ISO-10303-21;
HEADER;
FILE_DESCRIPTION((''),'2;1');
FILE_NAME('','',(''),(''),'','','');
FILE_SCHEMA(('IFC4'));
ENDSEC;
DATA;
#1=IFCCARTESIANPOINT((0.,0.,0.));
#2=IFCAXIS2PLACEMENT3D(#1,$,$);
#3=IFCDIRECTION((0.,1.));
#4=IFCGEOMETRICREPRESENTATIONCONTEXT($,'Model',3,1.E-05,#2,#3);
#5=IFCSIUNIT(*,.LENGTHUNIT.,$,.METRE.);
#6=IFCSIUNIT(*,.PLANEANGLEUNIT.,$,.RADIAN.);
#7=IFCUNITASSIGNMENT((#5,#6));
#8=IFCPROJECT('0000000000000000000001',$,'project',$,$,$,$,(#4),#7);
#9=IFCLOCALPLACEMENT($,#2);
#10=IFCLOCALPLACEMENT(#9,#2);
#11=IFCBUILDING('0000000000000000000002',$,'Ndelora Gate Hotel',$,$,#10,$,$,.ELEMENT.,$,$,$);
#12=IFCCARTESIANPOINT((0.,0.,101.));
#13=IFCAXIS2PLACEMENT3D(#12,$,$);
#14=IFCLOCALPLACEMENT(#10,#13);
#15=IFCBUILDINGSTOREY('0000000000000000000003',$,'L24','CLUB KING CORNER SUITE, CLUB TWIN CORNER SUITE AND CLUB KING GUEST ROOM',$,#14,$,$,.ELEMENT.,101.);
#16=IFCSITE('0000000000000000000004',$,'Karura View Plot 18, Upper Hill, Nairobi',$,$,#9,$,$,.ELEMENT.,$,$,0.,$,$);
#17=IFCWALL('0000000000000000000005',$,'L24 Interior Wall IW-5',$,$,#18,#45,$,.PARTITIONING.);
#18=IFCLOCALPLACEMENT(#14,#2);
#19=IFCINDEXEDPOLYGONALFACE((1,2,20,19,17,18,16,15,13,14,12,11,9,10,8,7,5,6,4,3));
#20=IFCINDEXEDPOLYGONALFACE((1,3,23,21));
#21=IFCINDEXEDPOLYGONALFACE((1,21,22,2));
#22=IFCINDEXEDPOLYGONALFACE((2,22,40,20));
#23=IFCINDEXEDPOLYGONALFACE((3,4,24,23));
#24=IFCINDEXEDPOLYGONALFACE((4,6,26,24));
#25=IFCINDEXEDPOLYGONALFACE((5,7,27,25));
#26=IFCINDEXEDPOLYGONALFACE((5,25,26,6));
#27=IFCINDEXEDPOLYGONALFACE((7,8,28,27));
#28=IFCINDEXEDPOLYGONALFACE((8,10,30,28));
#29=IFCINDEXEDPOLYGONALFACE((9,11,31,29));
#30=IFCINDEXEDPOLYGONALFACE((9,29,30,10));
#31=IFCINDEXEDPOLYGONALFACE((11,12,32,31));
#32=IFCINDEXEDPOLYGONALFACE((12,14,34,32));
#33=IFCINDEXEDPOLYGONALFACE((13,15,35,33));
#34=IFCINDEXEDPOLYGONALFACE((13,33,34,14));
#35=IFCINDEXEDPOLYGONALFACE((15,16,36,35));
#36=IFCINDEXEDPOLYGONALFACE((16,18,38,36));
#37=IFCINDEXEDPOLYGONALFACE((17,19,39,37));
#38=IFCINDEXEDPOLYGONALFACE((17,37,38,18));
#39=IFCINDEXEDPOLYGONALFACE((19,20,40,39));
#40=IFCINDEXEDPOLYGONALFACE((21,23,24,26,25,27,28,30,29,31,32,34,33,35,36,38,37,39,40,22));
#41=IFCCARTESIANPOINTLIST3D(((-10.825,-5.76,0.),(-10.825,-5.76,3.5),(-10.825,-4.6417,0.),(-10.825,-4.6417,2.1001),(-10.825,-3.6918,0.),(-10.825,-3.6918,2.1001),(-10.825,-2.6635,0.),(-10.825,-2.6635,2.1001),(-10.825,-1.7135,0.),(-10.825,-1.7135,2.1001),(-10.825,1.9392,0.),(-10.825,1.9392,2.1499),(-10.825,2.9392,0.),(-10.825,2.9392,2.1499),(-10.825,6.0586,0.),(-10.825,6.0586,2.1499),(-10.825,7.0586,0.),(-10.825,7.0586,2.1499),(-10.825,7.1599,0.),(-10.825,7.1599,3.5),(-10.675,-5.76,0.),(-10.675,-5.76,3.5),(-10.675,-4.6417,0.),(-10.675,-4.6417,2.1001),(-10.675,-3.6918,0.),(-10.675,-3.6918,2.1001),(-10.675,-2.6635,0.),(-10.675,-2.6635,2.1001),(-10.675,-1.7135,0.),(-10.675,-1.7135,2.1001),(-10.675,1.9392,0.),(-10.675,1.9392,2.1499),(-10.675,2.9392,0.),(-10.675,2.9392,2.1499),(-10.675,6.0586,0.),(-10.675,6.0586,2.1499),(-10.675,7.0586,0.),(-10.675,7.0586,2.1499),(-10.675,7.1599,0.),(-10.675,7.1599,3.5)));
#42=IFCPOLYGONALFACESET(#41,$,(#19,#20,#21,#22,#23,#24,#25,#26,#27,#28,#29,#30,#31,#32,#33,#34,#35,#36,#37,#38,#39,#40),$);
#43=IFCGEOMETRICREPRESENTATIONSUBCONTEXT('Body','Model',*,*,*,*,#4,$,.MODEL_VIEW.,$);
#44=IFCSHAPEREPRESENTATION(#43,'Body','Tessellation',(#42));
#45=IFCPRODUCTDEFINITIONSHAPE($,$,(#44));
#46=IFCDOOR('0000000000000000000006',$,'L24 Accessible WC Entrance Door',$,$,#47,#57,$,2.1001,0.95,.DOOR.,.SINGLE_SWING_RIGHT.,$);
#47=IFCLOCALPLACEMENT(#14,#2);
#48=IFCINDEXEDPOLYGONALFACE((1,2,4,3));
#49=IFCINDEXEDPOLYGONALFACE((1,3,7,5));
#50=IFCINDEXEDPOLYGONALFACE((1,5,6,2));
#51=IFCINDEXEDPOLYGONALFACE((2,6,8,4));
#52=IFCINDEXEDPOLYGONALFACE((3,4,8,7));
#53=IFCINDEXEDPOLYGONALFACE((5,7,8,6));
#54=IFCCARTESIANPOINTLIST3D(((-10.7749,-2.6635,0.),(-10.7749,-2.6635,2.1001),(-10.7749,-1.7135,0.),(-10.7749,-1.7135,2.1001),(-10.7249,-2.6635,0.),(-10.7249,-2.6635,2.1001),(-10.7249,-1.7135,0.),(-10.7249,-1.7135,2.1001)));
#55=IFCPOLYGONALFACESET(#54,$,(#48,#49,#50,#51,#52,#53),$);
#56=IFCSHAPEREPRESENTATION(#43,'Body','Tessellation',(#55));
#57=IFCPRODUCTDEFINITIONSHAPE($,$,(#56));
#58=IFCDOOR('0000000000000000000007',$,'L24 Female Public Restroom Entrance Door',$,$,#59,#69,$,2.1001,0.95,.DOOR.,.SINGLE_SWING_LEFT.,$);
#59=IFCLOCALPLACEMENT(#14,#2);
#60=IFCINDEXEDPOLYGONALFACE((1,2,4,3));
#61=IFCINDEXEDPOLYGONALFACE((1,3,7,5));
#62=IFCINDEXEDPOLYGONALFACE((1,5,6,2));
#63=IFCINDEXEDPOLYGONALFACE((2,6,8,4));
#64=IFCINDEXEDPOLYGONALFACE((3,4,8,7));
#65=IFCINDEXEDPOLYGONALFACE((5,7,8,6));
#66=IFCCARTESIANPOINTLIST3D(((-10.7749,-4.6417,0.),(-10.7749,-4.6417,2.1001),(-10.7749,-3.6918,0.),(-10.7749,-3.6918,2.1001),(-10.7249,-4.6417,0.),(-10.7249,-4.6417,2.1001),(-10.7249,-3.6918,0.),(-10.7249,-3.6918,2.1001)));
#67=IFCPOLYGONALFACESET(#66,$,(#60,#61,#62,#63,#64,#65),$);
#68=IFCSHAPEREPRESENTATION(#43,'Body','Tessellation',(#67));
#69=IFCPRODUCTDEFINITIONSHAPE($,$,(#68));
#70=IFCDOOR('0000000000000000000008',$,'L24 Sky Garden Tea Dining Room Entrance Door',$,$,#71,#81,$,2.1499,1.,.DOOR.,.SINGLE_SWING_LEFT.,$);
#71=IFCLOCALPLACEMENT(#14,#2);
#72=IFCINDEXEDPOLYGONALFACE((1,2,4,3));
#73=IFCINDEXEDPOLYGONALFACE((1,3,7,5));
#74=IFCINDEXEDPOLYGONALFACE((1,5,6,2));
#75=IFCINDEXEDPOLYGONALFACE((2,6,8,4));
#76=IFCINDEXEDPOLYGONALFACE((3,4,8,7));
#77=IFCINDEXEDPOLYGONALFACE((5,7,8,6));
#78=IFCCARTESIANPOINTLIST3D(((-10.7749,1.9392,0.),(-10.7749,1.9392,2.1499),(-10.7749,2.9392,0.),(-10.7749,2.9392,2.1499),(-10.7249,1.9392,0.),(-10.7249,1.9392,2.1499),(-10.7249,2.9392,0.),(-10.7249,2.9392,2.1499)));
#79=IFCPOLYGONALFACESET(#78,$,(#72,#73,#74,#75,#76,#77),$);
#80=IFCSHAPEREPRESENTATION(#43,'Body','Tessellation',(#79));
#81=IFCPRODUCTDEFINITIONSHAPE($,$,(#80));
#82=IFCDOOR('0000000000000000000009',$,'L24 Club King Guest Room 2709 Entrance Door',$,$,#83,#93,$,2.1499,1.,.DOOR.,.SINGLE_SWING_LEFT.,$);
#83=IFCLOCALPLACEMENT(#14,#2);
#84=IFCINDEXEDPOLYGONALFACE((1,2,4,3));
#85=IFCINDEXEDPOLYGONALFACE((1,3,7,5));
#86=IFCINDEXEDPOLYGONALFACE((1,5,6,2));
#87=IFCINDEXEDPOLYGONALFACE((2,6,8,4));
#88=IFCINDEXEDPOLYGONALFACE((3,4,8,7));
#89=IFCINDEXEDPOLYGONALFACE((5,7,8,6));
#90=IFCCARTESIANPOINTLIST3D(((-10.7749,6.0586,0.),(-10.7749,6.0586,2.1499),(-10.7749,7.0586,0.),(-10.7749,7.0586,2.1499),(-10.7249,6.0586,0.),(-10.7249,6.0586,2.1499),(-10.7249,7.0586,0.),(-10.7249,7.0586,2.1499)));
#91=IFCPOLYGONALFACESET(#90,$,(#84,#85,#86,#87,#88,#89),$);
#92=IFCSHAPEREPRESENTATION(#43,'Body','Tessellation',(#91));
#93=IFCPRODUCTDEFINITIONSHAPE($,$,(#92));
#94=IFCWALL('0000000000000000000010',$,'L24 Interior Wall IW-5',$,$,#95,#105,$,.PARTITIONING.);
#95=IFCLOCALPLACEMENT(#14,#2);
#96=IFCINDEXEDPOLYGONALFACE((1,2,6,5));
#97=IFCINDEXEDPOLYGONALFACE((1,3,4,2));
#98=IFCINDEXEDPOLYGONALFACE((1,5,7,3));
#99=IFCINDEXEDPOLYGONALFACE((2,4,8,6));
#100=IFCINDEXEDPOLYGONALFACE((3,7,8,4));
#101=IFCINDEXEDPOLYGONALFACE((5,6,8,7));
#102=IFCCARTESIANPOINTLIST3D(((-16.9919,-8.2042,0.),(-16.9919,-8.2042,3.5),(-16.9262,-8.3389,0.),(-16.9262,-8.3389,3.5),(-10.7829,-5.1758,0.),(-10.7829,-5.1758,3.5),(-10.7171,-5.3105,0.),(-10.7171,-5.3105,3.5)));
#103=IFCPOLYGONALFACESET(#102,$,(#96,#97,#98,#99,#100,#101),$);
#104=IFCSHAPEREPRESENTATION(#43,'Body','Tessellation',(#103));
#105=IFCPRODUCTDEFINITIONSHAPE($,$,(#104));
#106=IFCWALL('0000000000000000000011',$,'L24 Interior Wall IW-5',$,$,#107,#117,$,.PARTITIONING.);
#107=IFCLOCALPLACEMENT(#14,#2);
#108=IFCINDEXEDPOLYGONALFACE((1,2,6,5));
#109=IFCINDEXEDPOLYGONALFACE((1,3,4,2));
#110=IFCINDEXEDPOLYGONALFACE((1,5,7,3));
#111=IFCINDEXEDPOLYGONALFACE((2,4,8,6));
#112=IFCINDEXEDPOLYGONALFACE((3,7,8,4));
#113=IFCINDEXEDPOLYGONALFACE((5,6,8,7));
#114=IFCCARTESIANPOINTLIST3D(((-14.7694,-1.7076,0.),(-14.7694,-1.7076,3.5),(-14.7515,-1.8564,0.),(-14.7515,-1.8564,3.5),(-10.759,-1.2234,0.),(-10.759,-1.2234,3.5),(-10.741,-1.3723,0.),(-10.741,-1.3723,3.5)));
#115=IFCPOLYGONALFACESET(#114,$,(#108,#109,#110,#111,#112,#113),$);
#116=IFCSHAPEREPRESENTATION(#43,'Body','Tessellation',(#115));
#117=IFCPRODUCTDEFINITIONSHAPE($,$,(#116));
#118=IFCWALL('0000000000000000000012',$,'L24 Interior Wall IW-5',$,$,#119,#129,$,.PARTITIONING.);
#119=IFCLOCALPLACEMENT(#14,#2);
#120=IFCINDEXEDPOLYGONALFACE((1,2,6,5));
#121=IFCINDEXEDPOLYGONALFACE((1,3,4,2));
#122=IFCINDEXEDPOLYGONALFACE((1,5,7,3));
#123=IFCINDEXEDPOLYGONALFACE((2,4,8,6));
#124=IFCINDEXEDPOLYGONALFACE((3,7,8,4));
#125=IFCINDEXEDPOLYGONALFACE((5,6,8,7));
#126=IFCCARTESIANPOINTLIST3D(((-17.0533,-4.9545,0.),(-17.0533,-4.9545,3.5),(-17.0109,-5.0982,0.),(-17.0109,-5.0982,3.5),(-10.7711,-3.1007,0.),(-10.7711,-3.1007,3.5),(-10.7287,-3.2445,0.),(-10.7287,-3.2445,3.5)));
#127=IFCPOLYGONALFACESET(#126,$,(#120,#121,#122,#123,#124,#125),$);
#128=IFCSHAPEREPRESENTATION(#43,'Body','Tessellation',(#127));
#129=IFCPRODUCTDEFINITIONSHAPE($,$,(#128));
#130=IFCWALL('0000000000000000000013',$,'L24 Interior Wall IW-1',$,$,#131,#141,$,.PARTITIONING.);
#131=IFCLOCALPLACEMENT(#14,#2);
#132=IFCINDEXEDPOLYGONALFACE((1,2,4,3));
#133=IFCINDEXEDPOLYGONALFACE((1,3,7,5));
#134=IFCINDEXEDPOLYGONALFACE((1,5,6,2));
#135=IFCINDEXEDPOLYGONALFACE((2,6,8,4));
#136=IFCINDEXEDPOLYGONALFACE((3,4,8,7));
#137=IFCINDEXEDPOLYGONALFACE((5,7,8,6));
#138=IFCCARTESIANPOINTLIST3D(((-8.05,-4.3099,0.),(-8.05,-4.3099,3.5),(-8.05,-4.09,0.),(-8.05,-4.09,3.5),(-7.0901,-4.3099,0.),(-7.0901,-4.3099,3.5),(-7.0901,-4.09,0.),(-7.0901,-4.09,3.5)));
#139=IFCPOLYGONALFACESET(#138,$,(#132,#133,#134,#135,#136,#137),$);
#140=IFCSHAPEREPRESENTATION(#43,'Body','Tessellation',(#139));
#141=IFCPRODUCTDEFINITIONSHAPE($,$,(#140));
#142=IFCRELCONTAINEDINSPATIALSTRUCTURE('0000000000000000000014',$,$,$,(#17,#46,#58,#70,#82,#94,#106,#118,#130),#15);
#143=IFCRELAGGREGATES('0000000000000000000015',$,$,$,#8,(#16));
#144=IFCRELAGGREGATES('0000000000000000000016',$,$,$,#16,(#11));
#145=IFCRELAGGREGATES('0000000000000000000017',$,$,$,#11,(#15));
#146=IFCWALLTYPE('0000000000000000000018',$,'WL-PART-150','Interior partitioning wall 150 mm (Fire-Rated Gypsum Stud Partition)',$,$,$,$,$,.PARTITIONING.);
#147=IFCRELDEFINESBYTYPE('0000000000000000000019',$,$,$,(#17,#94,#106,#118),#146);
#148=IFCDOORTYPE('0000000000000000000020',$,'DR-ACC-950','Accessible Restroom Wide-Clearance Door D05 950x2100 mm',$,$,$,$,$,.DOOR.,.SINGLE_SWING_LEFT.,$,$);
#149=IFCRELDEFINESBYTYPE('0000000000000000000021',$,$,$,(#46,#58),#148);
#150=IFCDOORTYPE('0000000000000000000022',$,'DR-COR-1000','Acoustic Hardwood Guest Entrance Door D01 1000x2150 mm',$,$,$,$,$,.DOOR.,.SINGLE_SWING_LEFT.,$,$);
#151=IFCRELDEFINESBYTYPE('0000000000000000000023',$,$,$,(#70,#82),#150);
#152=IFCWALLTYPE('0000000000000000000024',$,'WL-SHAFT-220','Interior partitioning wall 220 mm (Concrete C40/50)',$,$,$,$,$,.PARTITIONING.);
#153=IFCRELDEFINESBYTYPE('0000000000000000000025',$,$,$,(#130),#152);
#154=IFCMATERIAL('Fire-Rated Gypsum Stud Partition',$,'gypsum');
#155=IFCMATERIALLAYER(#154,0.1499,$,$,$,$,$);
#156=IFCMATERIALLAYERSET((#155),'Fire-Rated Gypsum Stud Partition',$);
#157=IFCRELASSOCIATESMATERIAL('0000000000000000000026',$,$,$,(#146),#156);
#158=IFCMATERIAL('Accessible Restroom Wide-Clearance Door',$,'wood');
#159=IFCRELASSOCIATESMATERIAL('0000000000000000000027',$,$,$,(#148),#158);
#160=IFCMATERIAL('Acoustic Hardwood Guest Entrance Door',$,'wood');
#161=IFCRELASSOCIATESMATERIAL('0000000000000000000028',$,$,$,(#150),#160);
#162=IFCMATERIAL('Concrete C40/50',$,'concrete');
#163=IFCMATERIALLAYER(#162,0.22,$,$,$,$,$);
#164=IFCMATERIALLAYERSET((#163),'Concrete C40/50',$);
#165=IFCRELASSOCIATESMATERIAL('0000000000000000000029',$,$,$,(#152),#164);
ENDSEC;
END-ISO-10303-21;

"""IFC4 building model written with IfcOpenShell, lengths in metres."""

from ifc_helpers import new_model, si_unit, direction, frame, frame_2d, origin, place, context, subcontext, project, spatial, rectangle, extrude, material, layer, layer_set, type_object, element, fill, save


model = new_model("IFC4")

# Units and contexts
model_context = context("Model", 3, precision=1e-05, world=origin(), true_north=direction((0.0, 1.0)))
body_context = subcontext(model_context, "Body", "Model", "MODEL_VIEW")
ifc_project = project(units=[si_unit("LENGTHUNIT", "METRE"), si_unit("PLANEANGLEUNIT", "RADIAN")], contexts=[model_context])

# Site, building, storey
site_placement = place(None, origin())
site = spatial("IfcSite", under=ifc_project, at=site_placement, Name="Karura View Plot 18, Upper Hill, Nairobi", CompositionType="ELEMENT", RefElevation=0.0)
building_placement = place(site_placement, origin())
building = spatial("IfcBuilding", under=site, at=building_placement, Name="Ndelora Gate Hotel", CompositionType="ELEMENT")
storey_placement = place(building_placement, frame((0.0, 0.0, 101.0)))
storey = spatial("IfcBuildingStorey", under=building, at=storey_placement, Name="L24", Description="CLUB KING CORNER SUITE, CLUB TWIN CORNER SUITE AND CLUB KING GUEST ROOM", CompositionType="ELEMENT", Elevation=101.0)

# Wall, openings, doors
ifc_material_1 = material(Name="Fire-Rated Gypsum Stud Partition", Category="gypsum")
ifc_layer_1 = layer(ifc_material_1, 0.1499)
ifc_layer_set_1 = layer_set([ifc_layer_1], Name="Fire-Rated Gypsum Stud Partition")
wall_type_1 = type_object("IfcWallType", Name="WL-PART-150", Description="Interior partitioning wall 150 mm (Fire-Rated Gypsum Stud Partition)", PredefinedType="PARTITIONING", material=ifc_layer_set_1)
wall_1_placement = place(storey_placement, frame((-10.75, -5.76, 0.0), z_axis=(0.0, 0.0, 1.0), x_axis=(0.0, 1.0, 0.0)))
wall_1 = element("IfcWall", 1, at=wall_1_placement, inside=storey, type_object=wall_type_1, Name="L24 Interior Wall IW-5", PredefinedType="PARTITIONING", context=body_context, shape_type="SweptSolid", body=[
    extrude(rectangle(XDim=12.9199, YDim=0.1499, at=frame_2d((6.46, 0.0))), origin(), (0.0, 0.0, 1.0), 3.5),
])
opening_1_placement = place(wall_1_placement, frame((3.0964, 0.0, 0.0)))
opening_1 = element("IfcOpeningElement", 2, at=opening_1_placement, cuts=wall_1, PredefinedType="OPENING", context=body_context, shape_type="SweptSolid", body=[
    extrude(rectangle(XDim=0.95, YDim=2.1001, at=frame_2d((0.4751, 1.05))), frame((0.0, 0.085, 0.0), z_axis=(0.0, -1.0, 0.0), x_axis=(1.0, 0.0, 0.0)), (0.0, 0.0, 1.0), 0.1699),
])
opening_2_placement = place(wall_1_placement, frame((1.1182, 0.0, 0.0)))
opening_2 = element("IfcOpeningElement", 3, at=opening_2_placement, cuts=wall_1, PredefinedType="OPENING", context=body_context, shape_type="SweptSolid", body=[
    extrude(rectangle(XDim=0.95, YDim=2.1001, at=frame_2d((0.4751, 1.05))), frame((0.0, 0.085, 0.0), z_axis=(0.0, -1.0, 0.0), x_axis=(1.0, 0.0, 0.0)), (0.0, 0.0, 1.0), 0.1699),
])
opening_3_placement = place(wall_1_placement, frame((7.6992, 0.0, 0.0)))
opening_3 = element("IfcOpeningElement", 4, at=opening_3_placement, cuts=wall_1, PredefinedType="OPENING", context=body_context, shape_type="SweptSolid", body=[
    extrude(rectangle(XDim=1.0, YDim=2.1499, at=frame_2d((0.5, 1.075))), frame((0.0, 0.085, 0.0), z_axis=(0.0, -1.0, 0.0), x_axis=(1.0, 0.0, 0.0)), (0.0, 0.0, 1.0), 0.1699),
])
opening_4_placement = place(wall_1_placement, frame((11.8186, 0.0, 0.0)))
opening_4 = element("IfcOpeningElement", 5, at=opening_4_placement, cuts=wall_1, PredefinedType="OPENING", context=body_context, shape_type="SweptSolid", body=[
    extrude(rectangle(XDim=1.0, YDim=2.1499, at=frame_2d((0.5, 1.075))), frame((0.0, 0.085, 0.0), z_axis=(0.0, -1.0, 0.0), x_axis=(1.0, 0.0, 0.0)), (0.0, 0.0, 1.0), 0.1699),
])
ifc_material_2 = material(Name="Accessible Restroom Wide-Clearance Door", Category="wood")
door_type_1 = type_object("IfcDoorType", Name="DR-ACC-950", Description="Accessible Restroom Wide-Clearance Door D05 950x2100 mm", OperationType="SINGLE_SWING_LEFT", PredefinedType="DOOR", material=ifc_material_2)
door_1_placement = place(opening_1_placement, origin())
door_1 = element("IfcDoor", 6, at=door_1_placement, inside=storey, type_object=door_type_1, Name="L24 Accessible WC Entrance Door", OperationType="SINGLE_SWING_RIGHT", OverallHeight=2.1001, OverallWidth=0.95, PredefinedType="DOOR", context=body_context, shape_type="SweptSolid", body=[
    extrude(rectangle(XDim=0.95, YDim=2.1001, at=frame_2d((0.4751, 1.05))), frame((0.0, 0.0249, 0.0), z_axis=(0.0, -1.0, 0.0), x_axis=(1.0, 0.0, 0.0)), (0.0, 0.0, 1.0), 0.05),
])
fill(opening_1, door_1)
door_2_placement = place(opening_2_placement, origin())
door_2 = element("IfcDoor", 7, at=door_2_placement, inside=storey, type_object=door_type_1, Name="L24 Female Public Restroom Entrance Door", OperationType="SINGLE_SWING_LEFT", OverallHeight=2.1001, OverallWidth=0.95, PredefinedType="DOOR", context=body_context, shape_type="SweptSolid", body=[
    extrude(rectangle(XDim=0.95, YDim=2.1001, at=frame_2d((0.4751, 1.05))), frame((0.0, 0.0249, 0.0), z_axis=(0.0, -1.0, 0.0), x_axis=(1.0, 0.0, 0.0)), (0.0, 0.0, 1.0), 0.05),
])
fill(opening_2, door_2)
ifc_material_3 = material(Name="Acoustic Hardwood Guest Entrance Door", Category="wood")
door_type_2 = type_object("IfcDoorType", Name="DR-COR-1000", Description="Acoustic Hardwood Guest Entrance Door D01 1000x2150 mm", OperationType="SINGLE_SWING_LEFT", PredefinedType="DOOR", material=ifc_material_3)
door_3_placement = place(opening_3_placement, origin())
door_3 = element("IfcDoor", 8, at=door_3_placement, inside=storey, type_object=door_type_2, Name="L24 Sky Garden Tea Dining Room Entrance Door", OperationType="SINGLE_SWING_LEFT", OverallHeight=2.1499, OverallWidth=1.0, PredefinedType="DOOR", context=body_context, shape_type="SweptSolid", body=[
    extrude(rectangle(XDim=1.0, YDim=2.1499, at=frame_2d((0.5, 1.075))), frame((0.0, 0.0249, 0.0), z_axis=(0.0, -1.0, 0.0), x_axis=(1.0, 0.0, 0.0)), (0.0, 0.0, 1.0), 0.05),
])
fill(opening_3, door_3)
door_4_placement = place(opening_4_placement, origin())
door_4 = element("IfcDoor", 9, at=door_4_placement, inside=storey, type_object=door_type_2, Name="L24 Club King Guest Room 2709 Entrance Door", OperationType="SINGLE_SWING_LEFT", OverallHeight=2.1499, OverallWidth=1.0, PredefinedType="DOOR", context=body_context, shape_type="SweptSolid", body=[
    extrude(rectangle(XDim=1.0, YDim=2.1499, at=frame_2d((0.5, 1.075))), frame((0.0, 0.0249, 0.0), z_axis=(0.0, -1.0, 0.0), x_axis=(1.0, 0.0, 0.0)), (0.0, 0.0, 1.0), 0.05),
])
fill(opening_4, door_4)

# Walls
wall_2_placement = place(storey_placement, frame((-10.75, -5.2432, 0.0), z_axis=(0.0, 0.0, 1.0), x_axis=(-0.898794, -0.438371, 0.0)))
element("IfcWall", 10, at=wall_2_placement, inside=storey, type_object=wall_type_1, Name="L24 Interior Wall IW-5", PredefinedType="PARTITIONING", context=body_context, shape_type="SweptSolid", body=[
    extrude(rectangle(XDim=6.9082, YDim=0.1499, at=frame_2d((3.4541, 0.0))), origin(), (0.0, 0.0, 1.0), 3.5),
])
wall_3_placement = place(storey_placement, frame((-10.75, -1.2979, 0.0), z_axis=(0.0, 0.0, 1.0), x_axis=(-0.992793, -0.119846, 0.0)))
element("IfcWall", 11, at=wall_3_placement, inside=storey, type_object=wall_type_1, Name="L24 Interior Wall IW-5", PredefinedType="PARTITIONING", context=body_context, shape_type="SweptSolid", body=[
    extrude(rectangle(XDim=4.0396, YDim=0.1499, at=frame_2d((2.0198, 0.0))), origin(), (0.0, 0.0, 1.0), 3.5),
])
wall_4_placement = place(storey_placement, frame((-10.75, -3.1726, 0.0), z_axis=(0.0, 0.0, 1.0), x_axis=(-0.959115, -0.283016, 0.0)))
element("IfcWall", 12, at=wall_4_placement, inside=storey, type_object=wall_type_1, Name="L24 Interior Wall IW-5", PredefinedType="PARTITIONING", context=body_context, shape_type="SweptSolid", body=[
    extrude(rectangle(XDim=6.55, YDim=0.1499, at=frame_2d((3.2749, 0.0))), origin(), (0.0, 0.0, 1.0), 3.5),
])
ifc_material_4 = material(Name="Concrete C40/50", Category="concrete")
ifc_layer_2 = layer(ifc_material_4, 0.22)
ifc_layer_set_2 = layer_set([ifc_layer_2], Name="Concrete C40/50")
wall_type_2 = type_object("IfcWallType", Name="WL-SHAFT-220", Description="Interior partitioning wall 220 mm (Concrete C40/50)", PredefinedType="PARTITIONING", material=ifc_layer_set_2)
wall_5_placement = place(storey_placement, frame((-8.05, -4.2, 0.0), z_axis=(0.0, 0.0, 1.0), x_axis=(1.0, 0.0, 0.0)))
element("IfcWall", 13, at=wall_5_placement, inside=storey, type_object=wall_type_2, Name="L24 Interior Wall IW-1", PredefinedType="PARTITIONING", context=body_context, shape_type="SweptSolid", body=[
    extrude(rectangle(XDim=0.96, YDim=0.22, at=frame_2d((0.48, 0.0))), origin(), (0.0, 0.0, 1.0), 3.5),
])

save(model, "model.ifc")
